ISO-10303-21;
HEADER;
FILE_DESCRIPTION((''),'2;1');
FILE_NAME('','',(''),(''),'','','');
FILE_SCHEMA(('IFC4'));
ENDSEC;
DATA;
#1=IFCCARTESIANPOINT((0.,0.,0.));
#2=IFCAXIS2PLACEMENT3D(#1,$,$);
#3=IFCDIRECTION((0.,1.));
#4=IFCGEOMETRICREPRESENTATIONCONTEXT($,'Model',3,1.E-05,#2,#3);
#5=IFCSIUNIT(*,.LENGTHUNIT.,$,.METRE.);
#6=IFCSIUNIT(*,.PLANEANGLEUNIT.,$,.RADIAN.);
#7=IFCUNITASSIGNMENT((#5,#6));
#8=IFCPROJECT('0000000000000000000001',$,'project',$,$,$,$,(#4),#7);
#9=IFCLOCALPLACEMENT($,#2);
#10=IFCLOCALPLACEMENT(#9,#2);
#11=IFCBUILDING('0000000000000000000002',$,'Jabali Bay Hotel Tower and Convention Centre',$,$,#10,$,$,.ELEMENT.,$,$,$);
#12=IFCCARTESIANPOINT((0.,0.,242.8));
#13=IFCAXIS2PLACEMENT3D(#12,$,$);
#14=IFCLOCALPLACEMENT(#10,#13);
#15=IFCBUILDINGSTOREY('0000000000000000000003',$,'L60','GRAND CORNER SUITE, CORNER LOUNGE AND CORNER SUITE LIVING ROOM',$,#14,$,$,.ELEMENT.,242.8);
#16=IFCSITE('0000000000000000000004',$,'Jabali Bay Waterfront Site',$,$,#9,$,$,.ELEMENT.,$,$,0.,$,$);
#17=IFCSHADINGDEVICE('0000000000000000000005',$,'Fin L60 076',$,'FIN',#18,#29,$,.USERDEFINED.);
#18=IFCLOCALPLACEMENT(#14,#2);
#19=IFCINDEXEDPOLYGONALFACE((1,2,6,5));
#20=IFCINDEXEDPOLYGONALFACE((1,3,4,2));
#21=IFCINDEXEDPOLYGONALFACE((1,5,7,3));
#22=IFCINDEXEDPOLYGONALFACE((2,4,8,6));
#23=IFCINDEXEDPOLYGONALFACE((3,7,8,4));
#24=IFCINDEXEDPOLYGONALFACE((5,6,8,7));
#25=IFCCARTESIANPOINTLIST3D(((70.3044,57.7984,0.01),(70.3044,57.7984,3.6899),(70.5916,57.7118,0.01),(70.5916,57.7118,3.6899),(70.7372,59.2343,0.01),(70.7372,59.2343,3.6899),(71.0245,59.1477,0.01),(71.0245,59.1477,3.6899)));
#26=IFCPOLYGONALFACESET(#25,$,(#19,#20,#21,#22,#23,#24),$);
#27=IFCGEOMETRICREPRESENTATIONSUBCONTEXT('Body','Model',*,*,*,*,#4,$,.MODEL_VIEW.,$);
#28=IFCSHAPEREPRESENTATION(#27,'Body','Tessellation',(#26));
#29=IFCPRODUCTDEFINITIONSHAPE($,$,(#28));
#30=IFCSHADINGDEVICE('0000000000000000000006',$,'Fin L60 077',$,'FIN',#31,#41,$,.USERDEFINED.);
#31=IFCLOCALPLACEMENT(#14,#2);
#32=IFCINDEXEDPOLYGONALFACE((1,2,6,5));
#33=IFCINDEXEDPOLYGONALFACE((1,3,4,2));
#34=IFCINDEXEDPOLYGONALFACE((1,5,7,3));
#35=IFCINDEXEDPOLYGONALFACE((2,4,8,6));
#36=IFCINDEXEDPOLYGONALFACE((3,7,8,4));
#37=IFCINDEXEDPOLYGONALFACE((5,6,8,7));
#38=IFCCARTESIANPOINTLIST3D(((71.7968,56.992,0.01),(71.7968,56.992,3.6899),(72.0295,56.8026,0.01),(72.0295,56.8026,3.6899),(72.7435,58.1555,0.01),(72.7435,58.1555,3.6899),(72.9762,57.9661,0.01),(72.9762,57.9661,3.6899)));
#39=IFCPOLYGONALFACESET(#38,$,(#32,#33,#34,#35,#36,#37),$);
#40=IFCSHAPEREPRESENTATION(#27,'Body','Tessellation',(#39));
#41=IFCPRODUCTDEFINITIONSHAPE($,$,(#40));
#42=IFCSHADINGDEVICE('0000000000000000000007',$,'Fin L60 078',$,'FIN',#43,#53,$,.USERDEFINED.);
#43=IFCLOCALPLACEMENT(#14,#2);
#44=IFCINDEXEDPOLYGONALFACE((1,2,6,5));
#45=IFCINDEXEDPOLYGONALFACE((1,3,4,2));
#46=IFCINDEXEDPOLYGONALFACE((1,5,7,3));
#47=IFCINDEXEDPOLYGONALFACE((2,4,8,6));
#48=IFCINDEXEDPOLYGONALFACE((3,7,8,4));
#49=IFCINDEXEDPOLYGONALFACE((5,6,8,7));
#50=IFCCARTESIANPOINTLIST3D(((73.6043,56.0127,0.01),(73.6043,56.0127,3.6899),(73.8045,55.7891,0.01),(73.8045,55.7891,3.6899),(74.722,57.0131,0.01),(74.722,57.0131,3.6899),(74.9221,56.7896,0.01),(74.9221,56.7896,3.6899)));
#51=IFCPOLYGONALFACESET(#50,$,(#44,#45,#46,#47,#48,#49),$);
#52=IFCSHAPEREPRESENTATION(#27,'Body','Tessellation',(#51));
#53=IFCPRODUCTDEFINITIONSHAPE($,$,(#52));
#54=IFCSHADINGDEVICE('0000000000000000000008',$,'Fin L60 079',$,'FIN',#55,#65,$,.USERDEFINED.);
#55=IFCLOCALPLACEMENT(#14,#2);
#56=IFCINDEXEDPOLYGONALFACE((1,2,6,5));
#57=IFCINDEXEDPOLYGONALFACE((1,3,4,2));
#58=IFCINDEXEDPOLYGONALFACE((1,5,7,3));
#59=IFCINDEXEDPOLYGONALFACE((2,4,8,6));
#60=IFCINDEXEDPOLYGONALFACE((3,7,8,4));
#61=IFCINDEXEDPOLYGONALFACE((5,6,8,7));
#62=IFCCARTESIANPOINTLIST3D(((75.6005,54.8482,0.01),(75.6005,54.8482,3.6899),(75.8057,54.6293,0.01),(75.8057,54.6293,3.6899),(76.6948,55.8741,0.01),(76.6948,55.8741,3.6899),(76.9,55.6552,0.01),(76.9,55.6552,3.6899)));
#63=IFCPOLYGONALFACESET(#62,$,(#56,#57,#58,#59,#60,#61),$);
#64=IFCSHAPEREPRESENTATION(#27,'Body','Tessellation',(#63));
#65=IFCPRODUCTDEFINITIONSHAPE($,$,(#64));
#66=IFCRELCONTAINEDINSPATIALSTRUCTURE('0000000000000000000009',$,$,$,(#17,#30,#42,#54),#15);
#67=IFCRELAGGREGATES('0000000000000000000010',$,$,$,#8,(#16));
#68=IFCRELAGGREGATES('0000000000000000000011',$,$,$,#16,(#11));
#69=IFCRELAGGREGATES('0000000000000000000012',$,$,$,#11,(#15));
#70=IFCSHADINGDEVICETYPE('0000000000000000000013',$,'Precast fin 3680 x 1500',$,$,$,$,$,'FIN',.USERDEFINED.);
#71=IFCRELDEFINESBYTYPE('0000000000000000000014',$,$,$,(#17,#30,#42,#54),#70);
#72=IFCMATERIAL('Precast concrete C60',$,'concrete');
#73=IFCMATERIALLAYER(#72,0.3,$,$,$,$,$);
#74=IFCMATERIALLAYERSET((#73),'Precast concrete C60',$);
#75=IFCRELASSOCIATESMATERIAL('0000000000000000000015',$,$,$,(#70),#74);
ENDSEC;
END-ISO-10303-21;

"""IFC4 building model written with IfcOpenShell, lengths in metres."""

from ifc_helpers import new_model, si_unit, direction, frame, frame_2d, origin, place, context, subcontext, project, spatial, rectangle, extrude, material, layer, layer_set, type_object, element, save


model = new_model("IFC4")

# Units and contexts
model_context = context("Model", 3, precision=1e-05, world=origin(), true_north=direction((0.0, 1.0)))
body_context = subcontext(model_context, "Body", "Model", "MODEL_VIEW")
ifc_project = project(units=[si_unit("LENGTHUNIT", "METRE"), si_unit("PLANEANGLEUNIT", "RADIAN")], contexts=[model_context])

# Site, building, storey
site_placement = place(None, origin())
site = spatial("IfcSite", under=ifc_project, at=site_placement, Name="Jabali Bay Waterfront Site", CompositionType="ELEMENT", RefElevation=0.0)
building_placement = place(site_placement, origin())
building = spatial("IfcBuilding", under=site, at=building_placement, Name="Jabali Bay Hotel Tower and Convention Centre", CompositionType="ELEMENT")
storey_placement = place(building_placement, frame((0.0, 0.0, 242.8)))
storey = spatial("IfcBuildingStorey", under=building, at=storey_placement, Name="L60", Description="GRAND CORNER SUITE, CORNER LOUNGE AND CORNER SUITE LIVING ROOM", CompositionType="ELEMENT", Elevation=242.8)

# Shading devices
ifc_material_1 = material(Name="Precast concrete C60", Category="concrete")
ifc_layer_1 = layer(ifc_material_1, 0.3)
ifc_layer_set_1 = layer_set([ifc_layer_1], Name="Precast concrete C60")
shading_device_type_1 = type_object("IfcShadingDeviceType", Name="Precast fin 3680 x 1500", ElementType="FIN", PredefinedType="USERDEFINED", material=ifc_layer_set_1)
shading_device_1_placement = place(storey_placement, frame((70.8809, 59.1912, 0.01), z_axis=(0.0, 0.0, 1.0), x_axis=(-0.288602, -0.957449, 0.0)))
element("IfcShadingDevice", 1, at=shading_device_1_placement, inside=storey, type_object=shading_device_type_1, Name="Fin L60 076", ObjectType="FIN", PredefinedType="USERDEFINED", context=body_context, shape_type="SweptSolid", body=[
    extrude(rectangle(XDim=1.4998, YDim=0.3, at=frame_2d((0.75, 0.0))), origin(), (0.0, 0.0, 1.0), 3.6799),
])
for number, where, z_axis, x_axis, name in (
    (2, (72.8599, 58.0608, 0.01), (0.0, 0.0, 1.0), (-0.631144, -0.775666, 0.0), "Fin L60 077"),
    (3, (74.822, 56.9014, 0.01), (0.0, 0.0, 1.0), (-0.745088, -0.666966, 0.0), "Fin L60 078"),
    (4, (76.7974, 55.7646, 0.01), (0.0, 0.0, 1.0), (-0.729527, -0.683952, 0.0), "Fin L60 079"),
):
    element("IfcShadingDevice", number, at=place(storey_placement, frame(where, z_axis=z_axis, x_axis=x_axis)), inside=storey, type_object=shading_device_type_1, Name=name, ObjectType="FIN", PredefinedType="USERDEFINED", context=body_context, shape_type="SweptSolid", body=[
        extrude(rectangle(XDim=1.5, YDim=0.3, at=frame_2d((0.75, 0.0))), origin(), (0.0, 0.0, 1.0), 3.6799),
    ])

save(model, "model.ifc")
